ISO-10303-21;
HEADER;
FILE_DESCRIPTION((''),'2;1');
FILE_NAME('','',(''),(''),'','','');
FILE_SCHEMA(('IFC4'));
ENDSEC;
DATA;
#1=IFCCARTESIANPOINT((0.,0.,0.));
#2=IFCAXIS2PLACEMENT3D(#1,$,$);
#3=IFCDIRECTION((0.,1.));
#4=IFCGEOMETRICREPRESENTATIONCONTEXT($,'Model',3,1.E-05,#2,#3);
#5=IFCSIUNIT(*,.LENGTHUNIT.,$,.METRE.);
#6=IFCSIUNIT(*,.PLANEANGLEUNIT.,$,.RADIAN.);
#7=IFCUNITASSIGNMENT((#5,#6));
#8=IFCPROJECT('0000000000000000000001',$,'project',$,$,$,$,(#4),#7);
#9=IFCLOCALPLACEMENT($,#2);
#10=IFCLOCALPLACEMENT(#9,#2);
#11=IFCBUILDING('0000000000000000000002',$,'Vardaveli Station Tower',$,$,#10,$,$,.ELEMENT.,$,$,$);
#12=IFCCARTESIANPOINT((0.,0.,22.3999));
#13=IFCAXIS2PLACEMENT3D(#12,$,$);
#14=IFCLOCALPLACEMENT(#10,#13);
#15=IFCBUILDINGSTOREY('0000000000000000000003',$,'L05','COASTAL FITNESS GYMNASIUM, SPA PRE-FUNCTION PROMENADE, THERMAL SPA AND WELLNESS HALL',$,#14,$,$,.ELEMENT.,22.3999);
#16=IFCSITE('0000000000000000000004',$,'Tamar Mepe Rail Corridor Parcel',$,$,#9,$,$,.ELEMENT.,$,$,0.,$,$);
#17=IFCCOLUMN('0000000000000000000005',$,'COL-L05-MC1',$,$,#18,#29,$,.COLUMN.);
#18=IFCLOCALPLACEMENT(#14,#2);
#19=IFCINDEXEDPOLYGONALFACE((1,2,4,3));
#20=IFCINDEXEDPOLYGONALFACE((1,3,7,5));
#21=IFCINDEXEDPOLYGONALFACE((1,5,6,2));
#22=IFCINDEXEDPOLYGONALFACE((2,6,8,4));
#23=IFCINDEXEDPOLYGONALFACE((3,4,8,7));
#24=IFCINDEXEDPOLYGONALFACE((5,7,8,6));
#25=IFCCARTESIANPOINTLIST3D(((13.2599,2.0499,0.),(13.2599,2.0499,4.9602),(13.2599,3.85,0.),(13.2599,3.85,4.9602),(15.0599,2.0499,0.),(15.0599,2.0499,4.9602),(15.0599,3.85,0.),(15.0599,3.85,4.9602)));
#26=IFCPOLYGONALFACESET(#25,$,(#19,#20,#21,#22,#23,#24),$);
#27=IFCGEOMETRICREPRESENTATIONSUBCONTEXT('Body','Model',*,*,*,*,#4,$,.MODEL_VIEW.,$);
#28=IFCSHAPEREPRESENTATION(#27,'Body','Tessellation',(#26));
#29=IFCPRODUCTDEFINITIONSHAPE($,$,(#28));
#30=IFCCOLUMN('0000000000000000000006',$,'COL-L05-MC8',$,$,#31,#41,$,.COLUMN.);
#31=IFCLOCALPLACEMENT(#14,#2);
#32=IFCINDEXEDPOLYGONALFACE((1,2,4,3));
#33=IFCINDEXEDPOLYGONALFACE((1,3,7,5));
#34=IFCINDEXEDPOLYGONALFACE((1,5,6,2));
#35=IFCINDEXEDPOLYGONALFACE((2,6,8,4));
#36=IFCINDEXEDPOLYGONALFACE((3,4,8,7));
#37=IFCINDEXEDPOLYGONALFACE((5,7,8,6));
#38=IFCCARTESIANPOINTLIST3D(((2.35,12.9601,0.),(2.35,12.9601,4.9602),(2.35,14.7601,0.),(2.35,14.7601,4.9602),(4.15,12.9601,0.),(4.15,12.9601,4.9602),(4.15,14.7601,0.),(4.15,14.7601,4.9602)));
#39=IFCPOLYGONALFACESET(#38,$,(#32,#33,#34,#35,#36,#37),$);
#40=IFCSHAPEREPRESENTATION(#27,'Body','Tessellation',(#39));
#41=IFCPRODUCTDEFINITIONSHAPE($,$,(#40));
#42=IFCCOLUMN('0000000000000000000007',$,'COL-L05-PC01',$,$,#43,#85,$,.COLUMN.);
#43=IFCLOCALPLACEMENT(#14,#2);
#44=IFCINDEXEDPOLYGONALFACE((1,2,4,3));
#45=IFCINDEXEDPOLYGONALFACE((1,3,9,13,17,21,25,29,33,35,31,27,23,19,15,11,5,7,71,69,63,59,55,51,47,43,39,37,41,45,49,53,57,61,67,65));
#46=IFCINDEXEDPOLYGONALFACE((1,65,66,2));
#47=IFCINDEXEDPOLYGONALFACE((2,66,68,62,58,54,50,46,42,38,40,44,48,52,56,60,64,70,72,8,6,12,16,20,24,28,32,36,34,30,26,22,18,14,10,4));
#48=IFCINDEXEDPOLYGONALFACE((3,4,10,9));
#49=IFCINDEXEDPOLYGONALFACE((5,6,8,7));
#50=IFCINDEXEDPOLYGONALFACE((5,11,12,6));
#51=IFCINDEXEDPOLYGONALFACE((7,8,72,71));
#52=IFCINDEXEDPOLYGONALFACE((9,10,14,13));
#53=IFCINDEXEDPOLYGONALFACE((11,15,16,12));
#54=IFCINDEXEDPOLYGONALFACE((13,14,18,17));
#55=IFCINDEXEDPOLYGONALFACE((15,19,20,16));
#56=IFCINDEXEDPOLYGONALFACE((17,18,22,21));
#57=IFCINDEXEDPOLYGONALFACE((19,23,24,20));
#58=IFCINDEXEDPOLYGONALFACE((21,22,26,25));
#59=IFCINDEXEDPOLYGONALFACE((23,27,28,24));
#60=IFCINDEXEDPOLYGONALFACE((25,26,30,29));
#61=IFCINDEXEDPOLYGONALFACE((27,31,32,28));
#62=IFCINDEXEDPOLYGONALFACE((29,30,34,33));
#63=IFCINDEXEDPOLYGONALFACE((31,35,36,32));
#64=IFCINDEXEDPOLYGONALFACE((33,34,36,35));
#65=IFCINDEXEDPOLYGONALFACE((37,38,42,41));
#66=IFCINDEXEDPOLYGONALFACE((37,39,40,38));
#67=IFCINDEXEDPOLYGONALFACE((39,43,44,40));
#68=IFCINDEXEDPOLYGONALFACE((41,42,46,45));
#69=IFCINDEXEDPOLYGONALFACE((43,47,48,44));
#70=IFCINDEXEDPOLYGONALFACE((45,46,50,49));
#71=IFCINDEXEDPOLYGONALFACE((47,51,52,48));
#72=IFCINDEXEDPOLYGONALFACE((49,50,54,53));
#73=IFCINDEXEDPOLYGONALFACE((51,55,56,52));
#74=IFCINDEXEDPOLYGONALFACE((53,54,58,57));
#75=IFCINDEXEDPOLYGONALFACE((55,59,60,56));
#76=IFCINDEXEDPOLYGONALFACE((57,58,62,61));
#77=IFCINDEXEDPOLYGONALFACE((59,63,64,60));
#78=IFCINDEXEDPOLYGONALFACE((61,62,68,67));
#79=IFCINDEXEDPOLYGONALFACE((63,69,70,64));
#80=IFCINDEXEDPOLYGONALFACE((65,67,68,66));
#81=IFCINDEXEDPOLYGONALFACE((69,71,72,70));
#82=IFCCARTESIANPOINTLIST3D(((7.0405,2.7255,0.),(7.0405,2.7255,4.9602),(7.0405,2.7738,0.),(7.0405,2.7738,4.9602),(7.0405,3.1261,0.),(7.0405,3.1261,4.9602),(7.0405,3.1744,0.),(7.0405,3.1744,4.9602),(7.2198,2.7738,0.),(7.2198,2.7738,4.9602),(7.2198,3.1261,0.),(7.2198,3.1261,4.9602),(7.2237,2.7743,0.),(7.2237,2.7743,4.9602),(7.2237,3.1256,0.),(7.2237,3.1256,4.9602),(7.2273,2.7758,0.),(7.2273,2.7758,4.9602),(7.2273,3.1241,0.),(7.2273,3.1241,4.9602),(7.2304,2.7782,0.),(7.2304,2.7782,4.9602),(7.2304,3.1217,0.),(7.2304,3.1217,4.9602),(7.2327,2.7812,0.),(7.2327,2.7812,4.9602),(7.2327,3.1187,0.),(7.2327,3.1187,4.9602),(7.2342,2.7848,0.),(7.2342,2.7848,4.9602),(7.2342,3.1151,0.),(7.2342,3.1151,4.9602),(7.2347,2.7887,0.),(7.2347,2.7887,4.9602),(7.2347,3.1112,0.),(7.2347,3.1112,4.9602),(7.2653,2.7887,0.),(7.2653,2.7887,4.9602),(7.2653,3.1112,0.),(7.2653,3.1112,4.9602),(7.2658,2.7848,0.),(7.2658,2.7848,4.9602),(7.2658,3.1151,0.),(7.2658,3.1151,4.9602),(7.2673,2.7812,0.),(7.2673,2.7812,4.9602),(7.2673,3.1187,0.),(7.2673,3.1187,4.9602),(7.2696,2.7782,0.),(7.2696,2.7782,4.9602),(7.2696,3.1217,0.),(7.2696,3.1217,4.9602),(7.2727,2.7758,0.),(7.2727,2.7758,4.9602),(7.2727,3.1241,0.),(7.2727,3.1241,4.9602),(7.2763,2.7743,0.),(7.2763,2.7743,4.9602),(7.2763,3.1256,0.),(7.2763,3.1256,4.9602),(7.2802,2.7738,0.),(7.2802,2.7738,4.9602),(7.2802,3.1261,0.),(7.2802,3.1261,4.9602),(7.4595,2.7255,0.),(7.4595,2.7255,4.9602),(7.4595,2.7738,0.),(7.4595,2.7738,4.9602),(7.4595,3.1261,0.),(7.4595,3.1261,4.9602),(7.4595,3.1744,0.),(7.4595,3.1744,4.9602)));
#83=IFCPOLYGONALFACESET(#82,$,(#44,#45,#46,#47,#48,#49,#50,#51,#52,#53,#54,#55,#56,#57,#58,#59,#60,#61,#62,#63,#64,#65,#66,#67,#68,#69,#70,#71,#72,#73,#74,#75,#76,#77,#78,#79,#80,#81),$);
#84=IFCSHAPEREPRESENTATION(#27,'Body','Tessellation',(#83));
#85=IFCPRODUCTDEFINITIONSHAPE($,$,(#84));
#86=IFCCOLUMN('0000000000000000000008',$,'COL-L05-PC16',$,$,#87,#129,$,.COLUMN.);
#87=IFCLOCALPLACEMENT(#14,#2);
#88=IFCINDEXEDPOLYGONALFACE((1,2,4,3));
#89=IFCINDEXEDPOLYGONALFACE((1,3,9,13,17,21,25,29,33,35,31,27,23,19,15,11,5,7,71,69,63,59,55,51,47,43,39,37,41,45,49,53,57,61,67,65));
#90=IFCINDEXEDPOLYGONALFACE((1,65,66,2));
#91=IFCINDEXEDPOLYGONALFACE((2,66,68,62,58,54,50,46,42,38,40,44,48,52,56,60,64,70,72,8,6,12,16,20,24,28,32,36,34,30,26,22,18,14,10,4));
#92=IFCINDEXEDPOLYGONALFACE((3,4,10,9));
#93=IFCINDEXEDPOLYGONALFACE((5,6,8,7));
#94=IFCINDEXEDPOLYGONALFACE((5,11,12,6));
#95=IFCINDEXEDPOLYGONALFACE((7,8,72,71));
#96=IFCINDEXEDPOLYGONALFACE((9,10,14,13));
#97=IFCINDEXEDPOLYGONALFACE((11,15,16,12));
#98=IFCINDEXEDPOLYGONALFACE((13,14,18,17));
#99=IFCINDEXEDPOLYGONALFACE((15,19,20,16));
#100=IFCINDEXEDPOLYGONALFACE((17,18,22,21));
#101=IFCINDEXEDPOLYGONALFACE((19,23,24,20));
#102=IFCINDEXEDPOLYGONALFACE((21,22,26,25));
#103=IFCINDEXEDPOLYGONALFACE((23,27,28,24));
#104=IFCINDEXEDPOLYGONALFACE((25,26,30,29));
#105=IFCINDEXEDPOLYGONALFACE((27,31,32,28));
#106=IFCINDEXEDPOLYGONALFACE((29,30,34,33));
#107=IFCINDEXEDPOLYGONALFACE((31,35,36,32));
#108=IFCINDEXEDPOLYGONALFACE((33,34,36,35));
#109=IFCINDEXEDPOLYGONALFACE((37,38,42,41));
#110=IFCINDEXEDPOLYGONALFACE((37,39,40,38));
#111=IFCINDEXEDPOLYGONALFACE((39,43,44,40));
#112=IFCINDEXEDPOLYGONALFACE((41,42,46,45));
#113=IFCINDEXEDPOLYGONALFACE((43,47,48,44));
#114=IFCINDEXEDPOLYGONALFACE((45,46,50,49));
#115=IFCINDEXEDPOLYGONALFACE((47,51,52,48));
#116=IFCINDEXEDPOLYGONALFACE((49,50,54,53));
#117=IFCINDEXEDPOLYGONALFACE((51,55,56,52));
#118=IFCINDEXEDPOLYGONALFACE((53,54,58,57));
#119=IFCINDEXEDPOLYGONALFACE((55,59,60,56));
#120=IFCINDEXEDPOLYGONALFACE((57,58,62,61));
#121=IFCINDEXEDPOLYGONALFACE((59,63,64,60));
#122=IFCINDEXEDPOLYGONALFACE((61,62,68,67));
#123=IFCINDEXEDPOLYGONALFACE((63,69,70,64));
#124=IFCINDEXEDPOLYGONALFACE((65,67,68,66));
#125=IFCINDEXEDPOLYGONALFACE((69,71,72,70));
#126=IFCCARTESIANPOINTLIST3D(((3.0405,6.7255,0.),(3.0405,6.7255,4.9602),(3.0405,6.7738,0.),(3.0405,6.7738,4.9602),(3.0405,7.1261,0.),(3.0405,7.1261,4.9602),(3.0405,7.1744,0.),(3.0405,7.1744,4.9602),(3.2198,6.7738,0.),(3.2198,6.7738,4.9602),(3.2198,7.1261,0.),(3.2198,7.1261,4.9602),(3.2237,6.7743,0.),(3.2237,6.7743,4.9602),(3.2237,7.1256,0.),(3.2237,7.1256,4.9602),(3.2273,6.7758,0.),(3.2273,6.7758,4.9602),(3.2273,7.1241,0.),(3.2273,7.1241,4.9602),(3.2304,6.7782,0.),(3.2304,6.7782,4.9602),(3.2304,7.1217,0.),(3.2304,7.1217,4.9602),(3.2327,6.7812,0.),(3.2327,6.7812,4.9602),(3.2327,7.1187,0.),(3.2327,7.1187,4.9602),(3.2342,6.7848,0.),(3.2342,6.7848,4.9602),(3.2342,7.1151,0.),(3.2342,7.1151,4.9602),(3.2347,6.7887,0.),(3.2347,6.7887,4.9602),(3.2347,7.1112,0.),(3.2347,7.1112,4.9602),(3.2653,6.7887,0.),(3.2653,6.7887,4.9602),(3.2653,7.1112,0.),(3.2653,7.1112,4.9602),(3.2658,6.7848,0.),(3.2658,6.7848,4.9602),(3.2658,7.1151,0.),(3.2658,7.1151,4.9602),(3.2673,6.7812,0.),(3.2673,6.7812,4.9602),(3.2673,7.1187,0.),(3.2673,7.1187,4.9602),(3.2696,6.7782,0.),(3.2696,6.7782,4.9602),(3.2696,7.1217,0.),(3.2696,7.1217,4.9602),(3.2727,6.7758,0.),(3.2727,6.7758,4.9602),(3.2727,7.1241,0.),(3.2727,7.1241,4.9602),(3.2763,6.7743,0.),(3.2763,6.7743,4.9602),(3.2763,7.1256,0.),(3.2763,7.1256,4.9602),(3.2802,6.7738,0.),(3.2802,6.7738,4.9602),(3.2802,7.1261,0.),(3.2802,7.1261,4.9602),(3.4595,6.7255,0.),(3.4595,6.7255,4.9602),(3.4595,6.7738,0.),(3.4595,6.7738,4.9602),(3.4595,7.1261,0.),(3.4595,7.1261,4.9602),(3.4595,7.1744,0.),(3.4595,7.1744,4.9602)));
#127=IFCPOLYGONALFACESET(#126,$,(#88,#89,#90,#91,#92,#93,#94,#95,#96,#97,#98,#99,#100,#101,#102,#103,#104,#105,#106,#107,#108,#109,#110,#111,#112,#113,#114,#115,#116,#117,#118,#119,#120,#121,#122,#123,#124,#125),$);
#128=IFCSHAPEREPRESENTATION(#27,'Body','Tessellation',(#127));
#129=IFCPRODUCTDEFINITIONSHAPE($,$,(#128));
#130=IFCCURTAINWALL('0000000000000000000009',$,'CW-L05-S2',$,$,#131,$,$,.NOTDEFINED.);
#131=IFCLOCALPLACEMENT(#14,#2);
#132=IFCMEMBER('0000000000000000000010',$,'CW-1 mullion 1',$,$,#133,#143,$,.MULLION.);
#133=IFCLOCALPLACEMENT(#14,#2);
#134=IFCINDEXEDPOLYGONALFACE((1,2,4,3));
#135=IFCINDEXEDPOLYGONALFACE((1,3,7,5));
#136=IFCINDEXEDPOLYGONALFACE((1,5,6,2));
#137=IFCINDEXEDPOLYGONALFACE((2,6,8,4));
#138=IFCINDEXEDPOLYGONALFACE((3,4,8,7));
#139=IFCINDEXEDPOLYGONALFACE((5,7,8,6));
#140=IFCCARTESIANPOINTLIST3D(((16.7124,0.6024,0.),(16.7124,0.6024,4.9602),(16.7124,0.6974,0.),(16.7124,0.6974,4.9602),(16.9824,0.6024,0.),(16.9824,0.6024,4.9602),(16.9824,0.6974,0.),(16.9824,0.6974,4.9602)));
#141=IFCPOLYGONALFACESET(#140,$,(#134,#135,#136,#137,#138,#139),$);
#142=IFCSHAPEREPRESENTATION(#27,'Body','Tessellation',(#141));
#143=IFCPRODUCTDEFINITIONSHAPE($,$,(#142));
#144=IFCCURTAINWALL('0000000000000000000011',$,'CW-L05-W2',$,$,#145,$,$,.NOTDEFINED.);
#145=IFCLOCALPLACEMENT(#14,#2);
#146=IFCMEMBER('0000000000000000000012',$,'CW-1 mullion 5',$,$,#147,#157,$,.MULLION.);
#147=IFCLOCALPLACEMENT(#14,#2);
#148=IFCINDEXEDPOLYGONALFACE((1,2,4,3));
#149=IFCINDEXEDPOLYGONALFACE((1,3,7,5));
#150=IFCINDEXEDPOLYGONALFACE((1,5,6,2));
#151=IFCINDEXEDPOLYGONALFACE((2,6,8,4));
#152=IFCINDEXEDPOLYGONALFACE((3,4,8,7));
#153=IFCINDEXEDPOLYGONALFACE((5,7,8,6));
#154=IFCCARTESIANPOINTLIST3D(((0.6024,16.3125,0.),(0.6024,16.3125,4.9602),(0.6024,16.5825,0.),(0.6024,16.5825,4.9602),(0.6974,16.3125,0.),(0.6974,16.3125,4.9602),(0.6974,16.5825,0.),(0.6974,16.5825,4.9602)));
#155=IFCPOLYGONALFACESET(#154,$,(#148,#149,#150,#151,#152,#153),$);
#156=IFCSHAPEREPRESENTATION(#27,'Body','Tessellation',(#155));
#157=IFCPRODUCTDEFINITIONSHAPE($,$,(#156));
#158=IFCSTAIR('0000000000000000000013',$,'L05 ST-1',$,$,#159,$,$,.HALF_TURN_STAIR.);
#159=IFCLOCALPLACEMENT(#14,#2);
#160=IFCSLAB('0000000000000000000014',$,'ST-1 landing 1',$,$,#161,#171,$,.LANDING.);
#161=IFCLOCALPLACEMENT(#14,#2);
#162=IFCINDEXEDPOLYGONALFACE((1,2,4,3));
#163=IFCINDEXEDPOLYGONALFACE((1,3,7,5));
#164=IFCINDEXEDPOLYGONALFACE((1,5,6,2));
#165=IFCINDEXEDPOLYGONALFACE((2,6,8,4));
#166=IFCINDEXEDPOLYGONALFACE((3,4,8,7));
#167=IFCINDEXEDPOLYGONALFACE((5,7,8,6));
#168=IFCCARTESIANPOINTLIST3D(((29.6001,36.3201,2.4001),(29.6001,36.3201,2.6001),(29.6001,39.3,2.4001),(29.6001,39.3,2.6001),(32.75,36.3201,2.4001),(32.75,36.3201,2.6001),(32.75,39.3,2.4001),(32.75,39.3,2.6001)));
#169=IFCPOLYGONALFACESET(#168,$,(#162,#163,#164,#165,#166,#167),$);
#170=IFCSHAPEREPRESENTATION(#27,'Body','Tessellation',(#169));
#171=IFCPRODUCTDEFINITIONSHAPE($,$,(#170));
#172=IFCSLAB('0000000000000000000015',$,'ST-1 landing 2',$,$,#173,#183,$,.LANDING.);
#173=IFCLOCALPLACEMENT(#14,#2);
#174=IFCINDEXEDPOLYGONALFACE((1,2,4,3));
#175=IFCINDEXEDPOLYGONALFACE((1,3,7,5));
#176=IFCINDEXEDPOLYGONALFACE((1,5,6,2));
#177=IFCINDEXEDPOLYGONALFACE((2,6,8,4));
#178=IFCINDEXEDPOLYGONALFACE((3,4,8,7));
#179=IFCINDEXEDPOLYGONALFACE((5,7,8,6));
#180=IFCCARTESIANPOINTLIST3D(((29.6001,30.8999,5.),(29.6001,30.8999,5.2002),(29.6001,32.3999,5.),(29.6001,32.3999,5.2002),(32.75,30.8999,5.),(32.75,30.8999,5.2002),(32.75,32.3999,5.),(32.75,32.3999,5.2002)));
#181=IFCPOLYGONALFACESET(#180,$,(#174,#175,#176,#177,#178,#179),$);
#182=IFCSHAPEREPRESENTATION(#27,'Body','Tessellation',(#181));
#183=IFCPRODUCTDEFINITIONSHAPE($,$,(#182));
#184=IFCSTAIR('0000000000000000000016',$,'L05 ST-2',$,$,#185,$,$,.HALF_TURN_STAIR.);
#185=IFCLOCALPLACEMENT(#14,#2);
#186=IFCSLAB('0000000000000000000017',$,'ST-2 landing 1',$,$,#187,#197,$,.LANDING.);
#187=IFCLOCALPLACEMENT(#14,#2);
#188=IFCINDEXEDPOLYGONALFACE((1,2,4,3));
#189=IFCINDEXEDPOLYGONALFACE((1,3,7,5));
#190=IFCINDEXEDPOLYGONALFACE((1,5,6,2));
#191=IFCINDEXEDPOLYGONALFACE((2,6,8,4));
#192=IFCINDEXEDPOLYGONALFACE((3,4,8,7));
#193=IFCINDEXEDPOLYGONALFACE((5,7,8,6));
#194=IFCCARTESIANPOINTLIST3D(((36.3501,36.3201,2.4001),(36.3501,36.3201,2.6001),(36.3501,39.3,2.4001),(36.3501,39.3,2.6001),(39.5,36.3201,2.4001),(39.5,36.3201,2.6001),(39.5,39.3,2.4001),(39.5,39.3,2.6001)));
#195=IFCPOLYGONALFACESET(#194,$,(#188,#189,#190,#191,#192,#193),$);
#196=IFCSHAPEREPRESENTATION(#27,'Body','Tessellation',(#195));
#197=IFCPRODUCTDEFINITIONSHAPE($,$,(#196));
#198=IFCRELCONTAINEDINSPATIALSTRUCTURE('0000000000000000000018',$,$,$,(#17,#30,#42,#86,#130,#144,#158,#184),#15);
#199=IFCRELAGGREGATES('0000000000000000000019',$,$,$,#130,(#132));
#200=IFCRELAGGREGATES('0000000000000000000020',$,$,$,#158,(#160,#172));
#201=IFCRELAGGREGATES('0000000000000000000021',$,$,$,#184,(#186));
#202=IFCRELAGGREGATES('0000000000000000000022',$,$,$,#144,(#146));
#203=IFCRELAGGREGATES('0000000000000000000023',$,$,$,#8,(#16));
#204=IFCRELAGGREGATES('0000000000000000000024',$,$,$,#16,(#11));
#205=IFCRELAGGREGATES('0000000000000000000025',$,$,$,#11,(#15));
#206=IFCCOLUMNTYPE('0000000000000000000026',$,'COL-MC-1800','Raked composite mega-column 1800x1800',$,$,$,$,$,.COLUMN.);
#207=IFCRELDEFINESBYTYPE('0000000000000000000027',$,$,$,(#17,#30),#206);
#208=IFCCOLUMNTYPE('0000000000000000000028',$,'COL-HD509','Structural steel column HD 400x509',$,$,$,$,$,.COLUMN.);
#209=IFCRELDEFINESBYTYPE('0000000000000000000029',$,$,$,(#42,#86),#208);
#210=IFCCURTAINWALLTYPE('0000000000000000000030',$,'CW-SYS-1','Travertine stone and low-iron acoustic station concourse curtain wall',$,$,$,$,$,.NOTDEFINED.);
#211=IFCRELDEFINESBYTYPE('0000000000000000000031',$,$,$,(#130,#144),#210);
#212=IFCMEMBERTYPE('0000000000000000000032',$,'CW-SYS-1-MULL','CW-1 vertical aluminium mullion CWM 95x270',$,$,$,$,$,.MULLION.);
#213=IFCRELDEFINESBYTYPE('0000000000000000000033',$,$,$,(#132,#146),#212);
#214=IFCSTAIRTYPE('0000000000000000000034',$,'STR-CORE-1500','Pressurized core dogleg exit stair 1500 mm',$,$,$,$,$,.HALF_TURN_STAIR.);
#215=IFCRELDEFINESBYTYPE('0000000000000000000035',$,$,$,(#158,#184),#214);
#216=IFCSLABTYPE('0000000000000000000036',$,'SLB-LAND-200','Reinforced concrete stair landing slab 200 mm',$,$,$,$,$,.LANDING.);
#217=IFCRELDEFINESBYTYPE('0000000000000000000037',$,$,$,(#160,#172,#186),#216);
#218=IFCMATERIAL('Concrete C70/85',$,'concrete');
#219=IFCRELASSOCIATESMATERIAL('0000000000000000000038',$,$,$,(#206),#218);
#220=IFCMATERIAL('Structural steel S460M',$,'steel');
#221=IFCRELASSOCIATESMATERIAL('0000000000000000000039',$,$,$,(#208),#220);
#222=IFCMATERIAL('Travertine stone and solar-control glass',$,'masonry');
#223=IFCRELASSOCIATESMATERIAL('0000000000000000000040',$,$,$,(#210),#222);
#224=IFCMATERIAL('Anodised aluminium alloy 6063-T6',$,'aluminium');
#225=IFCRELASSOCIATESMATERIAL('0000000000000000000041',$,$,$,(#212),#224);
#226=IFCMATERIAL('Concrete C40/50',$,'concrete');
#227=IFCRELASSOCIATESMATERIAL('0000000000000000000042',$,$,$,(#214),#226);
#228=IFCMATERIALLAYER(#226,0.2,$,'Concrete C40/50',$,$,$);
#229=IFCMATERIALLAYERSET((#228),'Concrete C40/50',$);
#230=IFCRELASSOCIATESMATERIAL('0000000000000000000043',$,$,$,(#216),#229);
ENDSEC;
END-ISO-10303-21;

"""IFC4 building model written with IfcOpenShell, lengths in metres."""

from ifc_helpers import new_model, si_unit, direction, frame, origin, origin_2d, place, context, subcontext, project, spatial, polyline, rectangle, i_section, outline, extrude, source, transform, mapped, material, layer, layer_set, material_profile, profile_set, type_object, element, aggregate, save


model = new_model("IFC4")

# Units and contexts
model_context = context("Model", 3, precision=1e-05, world=origin(), true_north=direction((0.0, 1.0)))
body_context = subcontext(model_context, "Body", "Model", "MODEL_VIEW")
ifc_project = project(units=[si_unit("LENGTHUNIT", "METRE"), si_unit("PLANEANGLEUNIT", "RADIAN")], contexts=[model_context])

# Site, building, storey
site_placement = place(None, origin())
site = spatial("IfcSite", under=ifc_project, at=site_placement, Name="Tamar Mepe Rail Corridor Parcel", CompositionType="ELEMENT", RefElevation=0.0)
building_placement = place(site_placement, origin())
building = spatial("IfcBuilding", under=site, at=building_placement, Name="Vardaveli Station Tower", CompositionType="ELEMENT")
storey_placement = place(building_placement, frame((0.0, 0.0, 22.3999)))
storey = spatial("IfcBuildingStorey", under=building, at=storey_placement, Name="L05", Description="COASTAL FITNESS GYMNASIUM, SPA PRE-FUNCTION PROMENADE, THERMAL SPA AND WELLNESS HALL", CompositionType="ELEMENT", Elevation=22.3999)

# Columns
ifc_material_1 = material(Name="Concrete C70/85", Category="concrete")
ifc_material_profile_1 = material_profile(ifc_material_1, rectangle(XDim=1.8, YDim=1.8, at=origin_2d()), Name="MC 1800x1800")
ifc_profile_set_1 = profile_set([ifc_material_profile_1], Name="Concrete C70/85")
column_type_1 = type_object("IfcColumnType", Name="COL-MC-1800", Description="Raked composite mega-column 1800x1800", PredefinedType="COLUMN", material=ifc_profile_set_1)
shared_shape_1 = source(origin(), body_context, "Body", "SweptSolid", [
    extrude(rectangle(XDim=1.8, YDim=1.8, at=origin_2d()), origin(), (0.0, 0.0, 1.0), 4.9602),
])
for number, where, z_axis, x_axis, name in (
    (1, (14.1599, 2.95, 0.0), (0.0, 0.0, 1.0), (1.0, 0.0, 0.0), "COL-L05-MC1"),
    (2, (3.25, 13.8601, 0.0), (0.0, 0.0, 1.0), (1.0, 0.0, 0.0), "COL-L05-MC8"),
):
    element("IfcColumn", number, at=place(storey_placement, frame(where, z_axis=z_axis, x_axis=x_axis)), inside=storey, type_object=column_type_1, Name=name, PredefinedType="COLUMN", context=body_context, shape_type="MappedRepresentation", body=[
        mapped(shared_shape_1, transform((0.0, 0.0, 0.0), scale=1.0)),
    ])
ifc_material_2 = material(Name="Structural steel S460M", Category="steel")
ifc_material_profile_2 = material_profile(ifc_material_2, i_section(OverallWidth=0.4189, OverallDepth=0.449, WebThickness=0.0305, FlangeThickness=0.0483, FilletRadius=0.0149, at=origin_2d()), Name="HD 400x509")
ifc_profile_set_2 = profile_set([ifc_material_profile_2], Name="Structural steel S460M")
column_type_2 = type_object("IfcColumnType", Name="COL-HD509", Description="Structural steel column HD 400x509", PredefinedType="COLUMN", material=ifc_profile_set_2)
shared_shape_2 = source(origin(), body_context, "Body", "SweptSolid", [
    extrude(i_section(OverallWidth=0.4189, OverallDepth=0.449, WebThickness=0.0305, FlangeThickness=0.0483, FilletRadius=0.0149, at=origin_2d()), origin(), (0.0, 0.0, 1.0), 4.9602),
])
for number, where, z_axis, x_axis, name in (
    (3, (7.25, 2.95, 0.0), (0.0, 0.0, 1.0), (1.0, 0.0, 0.0), "COL-L05-PC01"),
    (4, (3.25, 6.95, 0.0), (0.0, 0.0, 1.0), (1.0, 0.0, 0.0), "COL-L05-PC16"),
):
    element("IfcColumn", number, at=place(storey_placement, frame(where, z_axis=z_axis, x_axis=x_axis)), inside=storey, type_object=column_type_2, Name=name, PredefinedType="COLUMN", context=body_context, shape_type="MappedRepresentation", body=[
        mapped(shared_shape_2, transform((0.0, 0.0, 0.0), scale=1.0)),
    ])

# Curtain walls, members
ifc_material_3 = material(Name="Travertine stone and solar-control glass", Category="masonry")
curtain_wall_type = type_object("IfcCurtainWallType", Name="CW-SYS-1", Description="Travertine stone and low-iron acoustic station concourse curtain wall", PredefinedType="NOTDEFINED", material=ifc_material_3)
curtain_wall_1_placement = place(storey_placement, origin())
curtain_wall_1 = element("IfcCurtainWall", 5, at=curtain_wall_1_placement, inside=storey, type_object=curtain_wall_type, Name="CW-L05-S2", PredefinedType="NOTDEFINED")
ifc_material_4 = material(Name="Anodised aluminium alloy 6063-T6", Category="aluminium")
ifc_material_profile_3 = material_profile(ifc_material_4, rectangle(XDim=0.095, YDim=0.27, at=origin_2d()), Name="CWM 95x270")
ifc_profile_set_3 = profile_set([ifc_material_profile_3], Name="Anodised aluminium alloy 6063-T6")
member_type = type_object("IfcMemberType", Name="CW-SYS-1-MULL", Description="CW-1 vertical aluminium mullion CWM 95x270", PredefinedType="MULLION", material=ifc_profile_set_3)
shared_shape_3 = source(origin(), body_context, "Body", "SweptSolid", [
    extrude(rectangle(XDim=0.095, YDim=0.27, at=origin_2d()), origin(), (0.0, 0.0, 1.0), 4.9602),
])
member_1_placement = place(storey_placement, frame((16.8474, 0.6499, 0.0), z_axis=(0.0, 0.0, 1.0), x_axis=(0.0, 1.0, 0.0)))
member_1 = element("IfcMember", 6, at=member_1_placement, type_object=member_type, Name="CW-1 mullion 1", PredefinedType="MULLION", context=body_context, shape_type="MappedRepresentation", body=[
    mapped(shared_shape_3, transform((0.0, 0.0, 0.0), scale=1.0)),
])
aggregate(curtain_wall_1, [member_1])
curtain_wall_2_placement = place(storey_placement, origin())
curtain_wall_2 = element("IfcCurtainWall", 7, at=curtain_wall_2_placement, inside=storey, type_object=curtain_wall_type, Name="CW-L05-W2", PredefinedType="NOTDEFINED")
member_2_placement = place(storey_placement, frame((0.6499, 16.4475, 0.0), z_axis=(0.0, 0.0, 1.0), x_axis=(1.0, 0.0, 0.0)))
member_2 = element("IfcMember", 8, at=member_2_placement, type_object=member_type, Name="CW-1 mullion 5", PredefinedType="MULLION", context=body_context, shape_type="MappedRepresentation", body=[
    mapped(shared_shape_3, transform((0.0, 0.0, 0.0), scale=1.0)),
])

# Stairs, slabs
ifc_material_5 = material(Name="Concrete C40/50", Category="concrete")
stair_type = type_object("IfcStairType", Name="STR-CORE-1500", Description="Pressurized core dogleg exit stair 1500 mm", PredefinedType="HALF_TURN_STAIR", material=ifc_material_5)
stair_1_placement = place(storey_placement, origin())
stair_1 = element("IfcStair", 9, at=stair_1_placement, inside=storey, type_object=stair_type, Name="L05 ST-1", PredefinedType="HALF_TURN_STAIR")
ifc_layer_1 = layer(ifc_material_5, 0.2, Name="Concrete C40/50")
ifc_layer_set_1 = layer_set([ifc_layer_1], Name="Concrete C40/50")
slab_type_1 = type_object("IfcSlabType", Name="SLB-LAND-200", Description="Reinforced concrete stair landing slab 200 mm", PredefinedType="LANDING", material=ifc_layer_set_1)
slab_1_placement = place(storey_placement, frame((0.0, 0.0, 2.4001)))
slab_1 = element("IfcSlab", 10, at=slab_1_placement, type_object=slab_type_1, Name="ST-1 landing 1", PredefinedType="LANDING", context=body_context, shape_type="SweptSolid", body=[
    extrude(outline(polyline([(32.75, 36.3201), (32.75, 39.3), (29.6001, 39.3), (29.6001, 36.3201), (32.75, 36.3201)])), origin(), (0.0, 0.0, 1.0), 0.2),
])
slab_2_placement = place(storey_placement, frame((0.0, 0.0, 5.0)))
slab_2 = element("IfcSlab", 11, at=slab_2_placement, type_object=slab_type_1, Name="ST-1 landing 2", PredefinedType="LANDING", context=body_context, shape_type="SweptSolid", body=[
    extrude(outline(polyline([(32.75, 30.8999), (32.75, 32.3999), (29.6001, 32.3999), (29.6001, 30.8999), (32.75, 30.8999)])), origin(), (0.0, 0.0, 1.0), 0.2002),
])
aggregate(stair_1, [slab_1, slab_2])
stair_2_placement = place(storey_placement, origin())
stair_2 = element("IfcStair", 12, at=stair_2_placement, inside=storey, type_object=stair_type, Name="L05 ST-2", PredefinedType="HALF_TURN_STAIR")
slab_3_placement = place(storey_placement, frame((0.0, 0.0, 2.4001)))
slab_3 = element("IfcSlab", 13, at=slab_3_placement, type_object=slab_type_1, Name="ST-2 landing 1", PredefinedType="LANDING", context=body_context, shape_type="SweptSolid", body=[
    extrude(outline(polyline([(39.5, 36.3201), (39.5, 39.3), (36.3501, 39.3), (36.3501, 36.3201), (39.5, 36.3201)])), origin(), (0.0, 0.0, 1.0), 0.2),
])
aggregate(stair_2, [slab_3])

aggregate(curtain_wall_2, [member_2])

save(model, "model.ifc")
